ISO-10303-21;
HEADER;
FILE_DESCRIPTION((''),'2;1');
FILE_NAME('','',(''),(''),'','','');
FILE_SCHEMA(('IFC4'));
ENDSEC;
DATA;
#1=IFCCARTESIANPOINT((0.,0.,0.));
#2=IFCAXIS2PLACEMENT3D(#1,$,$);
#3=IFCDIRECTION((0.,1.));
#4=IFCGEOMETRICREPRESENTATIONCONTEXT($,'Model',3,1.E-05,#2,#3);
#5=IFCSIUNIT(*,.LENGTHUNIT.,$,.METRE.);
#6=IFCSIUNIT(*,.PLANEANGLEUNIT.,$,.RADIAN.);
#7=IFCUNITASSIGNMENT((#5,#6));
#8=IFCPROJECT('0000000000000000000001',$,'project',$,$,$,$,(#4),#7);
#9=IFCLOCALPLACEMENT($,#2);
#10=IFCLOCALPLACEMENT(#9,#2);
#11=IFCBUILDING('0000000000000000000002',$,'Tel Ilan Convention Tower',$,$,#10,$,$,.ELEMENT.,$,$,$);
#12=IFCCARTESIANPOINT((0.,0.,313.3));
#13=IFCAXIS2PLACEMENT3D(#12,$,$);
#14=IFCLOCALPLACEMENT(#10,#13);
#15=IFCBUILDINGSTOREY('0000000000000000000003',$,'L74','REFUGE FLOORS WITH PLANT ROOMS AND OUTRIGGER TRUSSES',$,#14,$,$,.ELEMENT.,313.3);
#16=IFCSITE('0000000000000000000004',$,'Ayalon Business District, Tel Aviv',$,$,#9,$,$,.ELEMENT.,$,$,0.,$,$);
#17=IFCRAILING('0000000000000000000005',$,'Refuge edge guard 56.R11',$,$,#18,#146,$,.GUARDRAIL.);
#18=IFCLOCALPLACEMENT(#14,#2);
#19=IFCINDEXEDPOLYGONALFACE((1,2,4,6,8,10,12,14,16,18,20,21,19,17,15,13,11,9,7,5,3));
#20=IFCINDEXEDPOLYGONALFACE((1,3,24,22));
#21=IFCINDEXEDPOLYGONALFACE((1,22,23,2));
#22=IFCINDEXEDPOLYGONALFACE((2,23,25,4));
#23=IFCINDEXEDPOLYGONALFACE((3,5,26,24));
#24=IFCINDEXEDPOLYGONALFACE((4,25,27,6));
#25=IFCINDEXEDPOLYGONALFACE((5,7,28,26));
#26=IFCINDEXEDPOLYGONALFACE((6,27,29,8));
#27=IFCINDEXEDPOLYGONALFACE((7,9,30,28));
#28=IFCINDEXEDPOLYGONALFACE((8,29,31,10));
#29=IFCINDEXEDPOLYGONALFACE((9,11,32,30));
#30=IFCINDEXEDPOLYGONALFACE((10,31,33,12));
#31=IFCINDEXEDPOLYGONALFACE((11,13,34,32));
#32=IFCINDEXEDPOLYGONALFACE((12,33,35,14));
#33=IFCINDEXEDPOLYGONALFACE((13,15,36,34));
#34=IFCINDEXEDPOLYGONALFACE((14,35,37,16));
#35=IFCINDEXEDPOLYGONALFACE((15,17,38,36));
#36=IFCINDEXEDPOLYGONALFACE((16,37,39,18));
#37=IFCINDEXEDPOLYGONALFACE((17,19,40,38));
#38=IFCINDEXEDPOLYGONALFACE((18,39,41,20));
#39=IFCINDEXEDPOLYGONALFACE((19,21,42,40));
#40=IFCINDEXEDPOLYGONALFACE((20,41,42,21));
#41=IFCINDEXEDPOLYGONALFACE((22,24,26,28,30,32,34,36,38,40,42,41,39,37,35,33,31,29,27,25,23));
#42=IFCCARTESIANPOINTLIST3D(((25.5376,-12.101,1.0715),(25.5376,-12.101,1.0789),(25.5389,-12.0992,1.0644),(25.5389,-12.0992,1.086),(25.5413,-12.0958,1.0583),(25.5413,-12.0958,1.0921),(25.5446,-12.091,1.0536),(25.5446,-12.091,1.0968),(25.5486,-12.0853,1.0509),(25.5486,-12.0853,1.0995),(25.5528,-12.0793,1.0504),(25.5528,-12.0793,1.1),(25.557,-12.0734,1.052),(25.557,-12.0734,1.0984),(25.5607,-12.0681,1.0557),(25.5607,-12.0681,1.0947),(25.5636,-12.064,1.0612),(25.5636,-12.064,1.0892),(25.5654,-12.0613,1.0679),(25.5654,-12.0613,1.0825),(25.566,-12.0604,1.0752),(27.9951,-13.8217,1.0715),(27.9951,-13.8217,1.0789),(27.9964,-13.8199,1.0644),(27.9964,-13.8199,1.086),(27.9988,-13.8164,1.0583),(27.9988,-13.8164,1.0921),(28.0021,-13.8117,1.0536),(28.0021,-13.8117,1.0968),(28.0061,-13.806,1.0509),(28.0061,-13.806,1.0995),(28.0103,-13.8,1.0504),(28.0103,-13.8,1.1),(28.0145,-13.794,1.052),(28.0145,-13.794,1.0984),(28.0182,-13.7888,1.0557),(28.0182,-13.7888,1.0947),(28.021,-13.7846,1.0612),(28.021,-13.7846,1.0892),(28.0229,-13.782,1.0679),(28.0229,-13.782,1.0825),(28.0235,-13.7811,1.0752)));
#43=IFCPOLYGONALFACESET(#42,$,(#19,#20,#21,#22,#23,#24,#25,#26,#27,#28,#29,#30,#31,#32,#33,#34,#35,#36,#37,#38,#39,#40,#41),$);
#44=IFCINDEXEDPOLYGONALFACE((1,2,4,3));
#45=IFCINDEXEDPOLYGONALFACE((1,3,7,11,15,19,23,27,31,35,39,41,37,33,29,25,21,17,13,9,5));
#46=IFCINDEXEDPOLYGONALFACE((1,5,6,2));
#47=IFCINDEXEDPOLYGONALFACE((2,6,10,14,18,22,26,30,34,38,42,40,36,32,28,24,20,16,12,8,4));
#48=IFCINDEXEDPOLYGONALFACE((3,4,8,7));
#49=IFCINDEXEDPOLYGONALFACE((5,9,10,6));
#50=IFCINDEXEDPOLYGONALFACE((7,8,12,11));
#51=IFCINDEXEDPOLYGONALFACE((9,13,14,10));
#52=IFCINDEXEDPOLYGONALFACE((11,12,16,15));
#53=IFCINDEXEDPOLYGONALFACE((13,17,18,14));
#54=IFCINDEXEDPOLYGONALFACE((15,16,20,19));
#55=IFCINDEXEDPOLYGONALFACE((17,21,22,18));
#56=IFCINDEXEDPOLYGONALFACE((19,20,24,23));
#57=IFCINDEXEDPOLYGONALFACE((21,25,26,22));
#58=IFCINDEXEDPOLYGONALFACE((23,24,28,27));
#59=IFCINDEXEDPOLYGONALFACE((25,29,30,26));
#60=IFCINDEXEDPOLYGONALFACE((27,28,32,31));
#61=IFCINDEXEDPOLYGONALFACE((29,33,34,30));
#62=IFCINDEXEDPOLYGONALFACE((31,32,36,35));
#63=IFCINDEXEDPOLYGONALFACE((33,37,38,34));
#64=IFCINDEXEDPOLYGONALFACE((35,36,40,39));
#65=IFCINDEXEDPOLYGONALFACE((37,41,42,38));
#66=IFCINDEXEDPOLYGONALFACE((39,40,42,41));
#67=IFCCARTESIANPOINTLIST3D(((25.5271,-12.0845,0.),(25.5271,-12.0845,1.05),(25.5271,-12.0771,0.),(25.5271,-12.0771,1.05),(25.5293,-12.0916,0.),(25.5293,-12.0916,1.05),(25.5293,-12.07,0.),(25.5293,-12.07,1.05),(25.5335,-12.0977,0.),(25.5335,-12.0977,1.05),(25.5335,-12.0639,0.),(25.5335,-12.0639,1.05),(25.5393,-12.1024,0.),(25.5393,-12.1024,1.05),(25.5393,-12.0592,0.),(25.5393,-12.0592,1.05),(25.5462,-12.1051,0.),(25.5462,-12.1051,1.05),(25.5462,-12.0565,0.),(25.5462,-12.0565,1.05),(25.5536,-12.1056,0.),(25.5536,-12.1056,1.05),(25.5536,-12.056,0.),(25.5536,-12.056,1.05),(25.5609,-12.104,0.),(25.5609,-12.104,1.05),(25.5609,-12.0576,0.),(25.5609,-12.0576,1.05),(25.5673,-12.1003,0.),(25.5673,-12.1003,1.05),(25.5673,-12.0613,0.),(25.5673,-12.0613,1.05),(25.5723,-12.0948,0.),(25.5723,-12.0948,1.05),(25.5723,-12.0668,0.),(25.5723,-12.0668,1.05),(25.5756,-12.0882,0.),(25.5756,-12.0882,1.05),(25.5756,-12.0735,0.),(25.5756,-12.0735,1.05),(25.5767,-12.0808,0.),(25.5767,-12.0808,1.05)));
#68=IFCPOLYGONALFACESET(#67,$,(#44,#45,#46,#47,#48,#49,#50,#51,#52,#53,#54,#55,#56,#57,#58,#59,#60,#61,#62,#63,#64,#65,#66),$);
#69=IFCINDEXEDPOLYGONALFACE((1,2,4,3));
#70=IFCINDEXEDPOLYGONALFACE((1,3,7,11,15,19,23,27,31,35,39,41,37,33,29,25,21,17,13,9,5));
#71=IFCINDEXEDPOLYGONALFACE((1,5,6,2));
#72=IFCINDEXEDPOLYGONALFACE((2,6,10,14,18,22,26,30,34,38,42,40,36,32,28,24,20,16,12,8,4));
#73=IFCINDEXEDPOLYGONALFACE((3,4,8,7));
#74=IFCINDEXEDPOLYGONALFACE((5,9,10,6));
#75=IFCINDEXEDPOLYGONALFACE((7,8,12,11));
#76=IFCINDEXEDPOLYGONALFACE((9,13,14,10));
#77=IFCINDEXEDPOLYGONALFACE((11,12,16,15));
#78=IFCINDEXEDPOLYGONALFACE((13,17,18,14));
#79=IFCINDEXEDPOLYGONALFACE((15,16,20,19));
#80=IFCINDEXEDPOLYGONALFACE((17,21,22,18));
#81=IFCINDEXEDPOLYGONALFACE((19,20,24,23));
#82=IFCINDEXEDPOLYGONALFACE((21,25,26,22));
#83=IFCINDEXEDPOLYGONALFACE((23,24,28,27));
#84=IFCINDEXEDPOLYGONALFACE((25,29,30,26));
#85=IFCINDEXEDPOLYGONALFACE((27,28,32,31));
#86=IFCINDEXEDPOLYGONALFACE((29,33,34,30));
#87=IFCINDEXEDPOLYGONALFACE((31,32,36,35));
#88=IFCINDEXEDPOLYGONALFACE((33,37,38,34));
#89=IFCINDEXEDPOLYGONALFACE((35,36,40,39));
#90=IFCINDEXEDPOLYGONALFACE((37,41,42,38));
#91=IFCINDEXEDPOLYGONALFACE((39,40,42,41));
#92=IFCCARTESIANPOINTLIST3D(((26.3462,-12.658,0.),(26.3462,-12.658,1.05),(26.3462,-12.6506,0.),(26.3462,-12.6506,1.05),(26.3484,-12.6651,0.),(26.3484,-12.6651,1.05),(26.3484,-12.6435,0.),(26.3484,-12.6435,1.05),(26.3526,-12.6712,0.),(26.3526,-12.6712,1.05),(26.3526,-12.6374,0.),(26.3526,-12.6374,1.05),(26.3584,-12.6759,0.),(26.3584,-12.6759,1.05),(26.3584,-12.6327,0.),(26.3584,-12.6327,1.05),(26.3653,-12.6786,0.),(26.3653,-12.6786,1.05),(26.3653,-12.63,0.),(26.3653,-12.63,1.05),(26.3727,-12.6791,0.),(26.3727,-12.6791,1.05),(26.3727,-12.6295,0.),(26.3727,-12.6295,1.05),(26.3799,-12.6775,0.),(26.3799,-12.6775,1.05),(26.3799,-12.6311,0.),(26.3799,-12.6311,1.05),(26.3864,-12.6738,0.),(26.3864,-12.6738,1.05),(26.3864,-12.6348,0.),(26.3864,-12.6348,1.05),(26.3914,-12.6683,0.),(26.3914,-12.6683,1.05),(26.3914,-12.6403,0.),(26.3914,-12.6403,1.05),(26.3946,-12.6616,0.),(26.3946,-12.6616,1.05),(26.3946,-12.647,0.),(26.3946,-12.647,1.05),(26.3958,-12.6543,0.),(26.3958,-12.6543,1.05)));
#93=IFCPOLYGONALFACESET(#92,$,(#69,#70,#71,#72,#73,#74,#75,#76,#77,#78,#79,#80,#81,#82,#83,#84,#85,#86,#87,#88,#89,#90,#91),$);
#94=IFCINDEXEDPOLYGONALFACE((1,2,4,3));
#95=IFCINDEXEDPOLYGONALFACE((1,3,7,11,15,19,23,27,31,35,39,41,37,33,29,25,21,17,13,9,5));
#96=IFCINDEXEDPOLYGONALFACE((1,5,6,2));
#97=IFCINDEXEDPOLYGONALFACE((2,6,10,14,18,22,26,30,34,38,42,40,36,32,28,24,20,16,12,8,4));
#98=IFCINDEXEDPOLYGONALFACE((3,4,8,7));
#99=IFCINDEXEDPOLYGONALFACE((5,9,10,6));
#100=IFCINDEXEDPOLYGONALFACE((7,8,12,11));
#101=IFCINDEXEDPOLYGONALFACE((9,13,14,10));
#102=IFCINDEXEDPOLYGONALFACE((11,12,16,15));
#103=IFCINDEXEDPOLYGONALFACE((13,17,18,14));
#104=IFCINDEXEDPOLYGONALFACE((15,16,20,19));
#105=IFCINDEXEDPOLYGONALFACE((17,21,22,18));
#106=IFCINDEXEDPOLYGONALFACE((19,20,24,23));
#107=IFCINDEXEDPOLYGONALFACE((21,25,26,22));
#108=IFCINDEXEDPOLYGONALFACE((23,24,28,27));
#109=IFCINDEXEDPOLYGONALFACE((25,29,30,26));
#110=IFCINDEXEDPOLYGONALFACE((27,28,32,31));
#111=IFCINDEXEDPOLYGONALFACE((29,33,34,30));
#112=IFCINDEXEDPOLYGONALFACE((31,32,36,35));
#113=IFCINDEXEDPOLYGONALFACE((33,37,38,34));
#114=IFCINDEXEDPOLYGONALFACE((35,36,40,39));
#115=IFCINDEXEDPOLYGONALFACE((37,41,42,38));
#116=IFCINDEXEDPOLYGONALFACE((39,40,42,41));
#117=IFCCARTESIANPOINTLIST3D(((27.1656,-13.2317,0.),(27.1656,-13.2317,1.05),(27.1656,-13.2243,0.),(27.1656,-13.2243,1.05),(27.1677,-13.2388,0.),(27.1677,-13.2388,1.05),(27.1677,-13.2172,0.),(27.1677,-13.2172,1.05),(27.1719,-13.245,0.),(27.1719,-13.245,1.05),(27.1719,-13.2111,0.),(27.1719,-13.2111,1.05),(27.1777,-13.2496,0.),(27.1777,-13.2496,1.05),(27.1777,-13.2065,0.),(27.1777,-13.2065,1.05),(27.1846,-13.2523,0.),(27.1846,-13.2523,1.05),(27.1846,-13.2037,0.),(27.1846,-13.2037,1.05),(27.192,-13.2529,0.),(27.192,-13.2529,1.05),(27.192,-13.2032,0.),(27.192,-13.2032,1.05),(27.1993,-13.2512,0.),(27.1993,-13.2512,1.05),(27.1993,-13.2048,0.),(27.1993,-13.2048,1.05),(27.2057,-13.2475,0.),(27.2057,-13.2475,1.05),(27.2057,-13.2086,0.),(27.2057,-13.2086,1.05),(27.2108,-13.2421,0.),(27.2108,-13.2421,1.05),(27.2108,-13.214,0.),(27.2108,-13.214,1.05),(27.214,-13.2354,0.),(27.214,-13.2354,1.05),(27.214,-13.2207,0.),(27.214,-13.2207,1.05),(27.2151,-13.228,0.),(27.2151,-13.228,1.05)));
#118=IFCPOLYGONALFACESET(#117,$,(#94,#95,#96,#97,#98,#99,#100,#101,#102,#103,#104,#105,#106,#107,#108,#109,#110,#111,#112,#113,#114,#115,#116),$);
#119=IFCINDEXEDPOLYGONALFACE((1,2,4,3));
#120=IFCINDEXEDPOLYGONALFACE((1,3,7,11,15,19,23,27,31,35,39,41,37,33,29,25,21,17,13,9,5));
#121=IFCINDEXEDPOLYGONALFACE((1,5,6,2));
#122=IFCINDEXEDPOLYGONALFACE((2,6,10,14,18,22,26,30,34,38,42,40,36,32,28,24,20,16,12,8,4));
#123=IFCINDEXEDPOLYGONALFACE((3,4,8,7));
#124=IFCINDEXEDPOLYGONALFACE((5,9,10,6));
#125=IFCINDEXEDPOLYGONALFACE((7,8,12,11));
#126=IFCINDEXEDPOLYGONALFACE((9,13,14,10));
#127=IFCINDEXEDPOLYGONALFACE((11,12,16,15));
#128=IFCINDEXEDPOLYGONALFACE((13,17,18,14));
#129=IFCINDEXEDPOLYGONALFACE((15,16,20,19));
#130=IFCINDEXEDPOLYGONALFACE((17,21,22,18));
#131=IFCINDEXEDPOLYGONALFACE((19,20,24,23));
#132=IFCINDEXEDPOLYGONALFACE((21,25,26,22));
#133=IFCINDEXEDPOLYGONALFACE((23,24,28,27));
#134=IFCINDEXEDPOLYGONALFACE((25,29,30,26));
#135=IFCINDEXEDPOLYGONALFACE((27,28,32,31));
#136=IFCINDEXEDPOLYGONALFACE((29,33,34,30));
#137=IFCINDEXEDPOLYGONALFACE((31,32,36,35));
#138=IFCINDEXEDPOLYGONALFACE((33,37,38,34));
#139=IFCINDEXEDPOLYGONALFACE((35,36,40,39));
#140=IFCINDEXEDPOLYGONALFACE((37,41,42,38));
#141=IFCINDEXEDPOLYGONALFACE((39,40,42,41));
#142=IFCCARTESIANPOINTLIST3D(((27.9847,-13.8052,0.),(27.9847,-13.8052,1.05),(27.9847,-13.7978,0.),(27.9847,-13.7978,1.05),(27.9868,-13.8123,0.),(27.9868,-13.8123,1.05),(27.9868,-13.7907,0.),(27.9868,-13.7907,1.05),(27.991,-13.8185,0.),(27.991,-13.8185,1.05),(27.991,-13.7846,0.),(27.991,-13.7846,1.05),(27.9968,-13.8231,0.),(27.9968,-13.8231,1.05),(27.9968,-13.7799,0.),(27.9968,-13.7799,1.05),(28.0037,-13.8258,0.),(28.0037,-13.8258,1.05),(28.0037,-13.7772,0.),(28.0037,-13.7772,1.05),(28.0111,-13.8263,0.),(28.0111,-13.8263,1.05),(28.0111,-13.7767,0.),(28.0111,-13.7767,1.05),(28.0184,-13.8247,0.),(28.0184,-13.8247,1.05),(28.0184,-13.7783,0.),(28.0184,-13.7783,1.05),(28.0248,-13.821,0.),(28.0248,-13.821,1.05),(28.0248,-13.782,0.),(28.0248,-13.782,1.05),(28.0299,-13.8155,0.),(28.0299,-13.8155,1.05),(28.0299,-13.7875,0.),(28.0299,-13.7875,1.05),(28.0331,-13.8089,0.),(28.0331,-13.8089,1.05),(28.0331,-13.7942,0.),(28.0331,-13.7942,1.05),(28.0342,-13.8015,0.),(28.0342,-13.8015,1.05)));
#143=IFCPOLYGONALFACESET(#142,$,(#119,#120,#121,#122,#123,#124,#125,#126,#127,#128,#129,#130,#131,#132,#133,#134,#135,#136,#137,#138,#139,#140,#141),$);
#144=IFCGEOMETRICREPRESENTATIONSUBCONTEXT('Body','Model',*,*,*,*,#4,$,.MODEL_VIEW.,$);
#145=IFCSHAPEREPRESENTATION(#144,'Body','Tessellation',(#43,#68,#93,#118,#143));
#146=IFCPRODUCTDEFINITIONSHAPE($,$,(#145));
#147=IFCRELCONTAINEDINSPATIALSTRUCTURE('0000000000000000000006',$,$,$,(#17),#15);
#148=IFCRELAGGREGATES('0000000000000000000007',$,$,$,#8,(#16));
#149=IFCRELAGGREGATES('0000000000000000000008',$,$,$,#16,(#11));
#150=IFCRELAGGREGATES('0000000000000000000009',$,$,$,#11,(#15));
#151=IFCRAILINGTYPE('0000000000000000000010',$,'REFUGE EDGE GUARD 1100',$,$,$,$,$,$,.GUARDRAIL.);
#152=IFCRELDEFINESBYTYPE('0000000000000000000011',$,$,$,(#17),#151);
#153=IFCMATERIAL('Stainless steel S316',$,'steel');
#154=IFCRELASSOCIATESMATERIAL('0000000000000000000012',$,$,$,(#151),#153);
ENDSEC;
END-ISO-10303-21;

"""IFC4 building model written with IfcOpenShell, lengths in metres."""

from ifc_helpers import new_model, si_unit, direction, frame, origin, origin_2d, place, context, subcontext, project, spatial, circle, extrude, material, type_object, element, save


model = new_model("IFC4")

# Units and contexts
model_context = context("Model", 3, precision=1e-05, world=origin(), true_north=direction((0.0, 1.0)))
body_context = subcontext(model_context, "Body", "Model", "MODEL_VIEW")
ifc_project = project(units=[si_unit("LENGTHUNIT", "METRE"), si_unit("PLANEANGLEUNIT", "RADIAN")], contexts=[model_context])

# Site, building, storey
site_placement = place(None, origin())
site = spatial("IfcSite", under=ifc_project, at=site_placement, Name="Ayalon Business District, Tel Aviv", CompositionType="ELEMENT", RefElevation=0.0)
building_placement = place(site_placement, origin())
building = spatial("IfcBuilding", under=site, at=building_placement, Name="Tel Ilan Convention Tower", CompositionType="ELEMENT")
storey_placement = place(building_placement, frame((0.0, 0.0, 313.3)))
storey = spatial("IfcBuildingStorey", under=building, at=storey_placement, Name="L74", Description="REFUGE FLOORS WITH PLANT ROOMS AND OUTRIGGER TRUSSES", CompositionType="ELEMENT", Elevation=313.3)

# Railing
ifc_material_1 = material(Name="Stainless steel S316", Category="steel")
railing_type_1 = type_object("IfcRailingType", Name="REFUGE EDGE GUARD 1100", PredefinedType="GUARDRAIL", material=ifc_material_1)
railing_1_placement = place(storey_placement, frame((25.5518, -12.0808, 0.0)))
element("IfcRailing", 1, at=railing_1_placement, inside=storey, type_object=railing_type_1, Name="Refuge edge guard 56.R11", PredefinedType="GUARDRAIL", context=body_context, shape_type="SweptSolid", body=[
    extrude(circle(Radius=0.0249, at=origin_2d()), frame((0.0, 0.0, 1.0752), z_axis=(0.819163, -0.573561, 0.0), x_axis=(0.573561, 0.819163, 0.0)), (0.0, 0.0, 1.0), 3.0),
    extrude(circle(Radius=0.0249, at=origin_2d()), origin(), (0.0, 0.0, 1.0), 1.05),
    extrude(circle(Radius=0.0249, at=origin_2d()), frame((0.8191, -0.5735, 0.0)), (0.0, 0.0, 1.0), 1.05),
    extrude(circle(Radius=0.0249, at=origin_2d()), frame((1.6384, -1.1472, 0.0)), (0.0, 0.0, 1.0), 1.05),
    extrude(circle(Radius=0.0249, at=origin_2d()), frame((2.4575, -1.7207, 0.0)), (0.0, 0.0, 1.0), 1.05),
])

save(model, "model.ifc")
